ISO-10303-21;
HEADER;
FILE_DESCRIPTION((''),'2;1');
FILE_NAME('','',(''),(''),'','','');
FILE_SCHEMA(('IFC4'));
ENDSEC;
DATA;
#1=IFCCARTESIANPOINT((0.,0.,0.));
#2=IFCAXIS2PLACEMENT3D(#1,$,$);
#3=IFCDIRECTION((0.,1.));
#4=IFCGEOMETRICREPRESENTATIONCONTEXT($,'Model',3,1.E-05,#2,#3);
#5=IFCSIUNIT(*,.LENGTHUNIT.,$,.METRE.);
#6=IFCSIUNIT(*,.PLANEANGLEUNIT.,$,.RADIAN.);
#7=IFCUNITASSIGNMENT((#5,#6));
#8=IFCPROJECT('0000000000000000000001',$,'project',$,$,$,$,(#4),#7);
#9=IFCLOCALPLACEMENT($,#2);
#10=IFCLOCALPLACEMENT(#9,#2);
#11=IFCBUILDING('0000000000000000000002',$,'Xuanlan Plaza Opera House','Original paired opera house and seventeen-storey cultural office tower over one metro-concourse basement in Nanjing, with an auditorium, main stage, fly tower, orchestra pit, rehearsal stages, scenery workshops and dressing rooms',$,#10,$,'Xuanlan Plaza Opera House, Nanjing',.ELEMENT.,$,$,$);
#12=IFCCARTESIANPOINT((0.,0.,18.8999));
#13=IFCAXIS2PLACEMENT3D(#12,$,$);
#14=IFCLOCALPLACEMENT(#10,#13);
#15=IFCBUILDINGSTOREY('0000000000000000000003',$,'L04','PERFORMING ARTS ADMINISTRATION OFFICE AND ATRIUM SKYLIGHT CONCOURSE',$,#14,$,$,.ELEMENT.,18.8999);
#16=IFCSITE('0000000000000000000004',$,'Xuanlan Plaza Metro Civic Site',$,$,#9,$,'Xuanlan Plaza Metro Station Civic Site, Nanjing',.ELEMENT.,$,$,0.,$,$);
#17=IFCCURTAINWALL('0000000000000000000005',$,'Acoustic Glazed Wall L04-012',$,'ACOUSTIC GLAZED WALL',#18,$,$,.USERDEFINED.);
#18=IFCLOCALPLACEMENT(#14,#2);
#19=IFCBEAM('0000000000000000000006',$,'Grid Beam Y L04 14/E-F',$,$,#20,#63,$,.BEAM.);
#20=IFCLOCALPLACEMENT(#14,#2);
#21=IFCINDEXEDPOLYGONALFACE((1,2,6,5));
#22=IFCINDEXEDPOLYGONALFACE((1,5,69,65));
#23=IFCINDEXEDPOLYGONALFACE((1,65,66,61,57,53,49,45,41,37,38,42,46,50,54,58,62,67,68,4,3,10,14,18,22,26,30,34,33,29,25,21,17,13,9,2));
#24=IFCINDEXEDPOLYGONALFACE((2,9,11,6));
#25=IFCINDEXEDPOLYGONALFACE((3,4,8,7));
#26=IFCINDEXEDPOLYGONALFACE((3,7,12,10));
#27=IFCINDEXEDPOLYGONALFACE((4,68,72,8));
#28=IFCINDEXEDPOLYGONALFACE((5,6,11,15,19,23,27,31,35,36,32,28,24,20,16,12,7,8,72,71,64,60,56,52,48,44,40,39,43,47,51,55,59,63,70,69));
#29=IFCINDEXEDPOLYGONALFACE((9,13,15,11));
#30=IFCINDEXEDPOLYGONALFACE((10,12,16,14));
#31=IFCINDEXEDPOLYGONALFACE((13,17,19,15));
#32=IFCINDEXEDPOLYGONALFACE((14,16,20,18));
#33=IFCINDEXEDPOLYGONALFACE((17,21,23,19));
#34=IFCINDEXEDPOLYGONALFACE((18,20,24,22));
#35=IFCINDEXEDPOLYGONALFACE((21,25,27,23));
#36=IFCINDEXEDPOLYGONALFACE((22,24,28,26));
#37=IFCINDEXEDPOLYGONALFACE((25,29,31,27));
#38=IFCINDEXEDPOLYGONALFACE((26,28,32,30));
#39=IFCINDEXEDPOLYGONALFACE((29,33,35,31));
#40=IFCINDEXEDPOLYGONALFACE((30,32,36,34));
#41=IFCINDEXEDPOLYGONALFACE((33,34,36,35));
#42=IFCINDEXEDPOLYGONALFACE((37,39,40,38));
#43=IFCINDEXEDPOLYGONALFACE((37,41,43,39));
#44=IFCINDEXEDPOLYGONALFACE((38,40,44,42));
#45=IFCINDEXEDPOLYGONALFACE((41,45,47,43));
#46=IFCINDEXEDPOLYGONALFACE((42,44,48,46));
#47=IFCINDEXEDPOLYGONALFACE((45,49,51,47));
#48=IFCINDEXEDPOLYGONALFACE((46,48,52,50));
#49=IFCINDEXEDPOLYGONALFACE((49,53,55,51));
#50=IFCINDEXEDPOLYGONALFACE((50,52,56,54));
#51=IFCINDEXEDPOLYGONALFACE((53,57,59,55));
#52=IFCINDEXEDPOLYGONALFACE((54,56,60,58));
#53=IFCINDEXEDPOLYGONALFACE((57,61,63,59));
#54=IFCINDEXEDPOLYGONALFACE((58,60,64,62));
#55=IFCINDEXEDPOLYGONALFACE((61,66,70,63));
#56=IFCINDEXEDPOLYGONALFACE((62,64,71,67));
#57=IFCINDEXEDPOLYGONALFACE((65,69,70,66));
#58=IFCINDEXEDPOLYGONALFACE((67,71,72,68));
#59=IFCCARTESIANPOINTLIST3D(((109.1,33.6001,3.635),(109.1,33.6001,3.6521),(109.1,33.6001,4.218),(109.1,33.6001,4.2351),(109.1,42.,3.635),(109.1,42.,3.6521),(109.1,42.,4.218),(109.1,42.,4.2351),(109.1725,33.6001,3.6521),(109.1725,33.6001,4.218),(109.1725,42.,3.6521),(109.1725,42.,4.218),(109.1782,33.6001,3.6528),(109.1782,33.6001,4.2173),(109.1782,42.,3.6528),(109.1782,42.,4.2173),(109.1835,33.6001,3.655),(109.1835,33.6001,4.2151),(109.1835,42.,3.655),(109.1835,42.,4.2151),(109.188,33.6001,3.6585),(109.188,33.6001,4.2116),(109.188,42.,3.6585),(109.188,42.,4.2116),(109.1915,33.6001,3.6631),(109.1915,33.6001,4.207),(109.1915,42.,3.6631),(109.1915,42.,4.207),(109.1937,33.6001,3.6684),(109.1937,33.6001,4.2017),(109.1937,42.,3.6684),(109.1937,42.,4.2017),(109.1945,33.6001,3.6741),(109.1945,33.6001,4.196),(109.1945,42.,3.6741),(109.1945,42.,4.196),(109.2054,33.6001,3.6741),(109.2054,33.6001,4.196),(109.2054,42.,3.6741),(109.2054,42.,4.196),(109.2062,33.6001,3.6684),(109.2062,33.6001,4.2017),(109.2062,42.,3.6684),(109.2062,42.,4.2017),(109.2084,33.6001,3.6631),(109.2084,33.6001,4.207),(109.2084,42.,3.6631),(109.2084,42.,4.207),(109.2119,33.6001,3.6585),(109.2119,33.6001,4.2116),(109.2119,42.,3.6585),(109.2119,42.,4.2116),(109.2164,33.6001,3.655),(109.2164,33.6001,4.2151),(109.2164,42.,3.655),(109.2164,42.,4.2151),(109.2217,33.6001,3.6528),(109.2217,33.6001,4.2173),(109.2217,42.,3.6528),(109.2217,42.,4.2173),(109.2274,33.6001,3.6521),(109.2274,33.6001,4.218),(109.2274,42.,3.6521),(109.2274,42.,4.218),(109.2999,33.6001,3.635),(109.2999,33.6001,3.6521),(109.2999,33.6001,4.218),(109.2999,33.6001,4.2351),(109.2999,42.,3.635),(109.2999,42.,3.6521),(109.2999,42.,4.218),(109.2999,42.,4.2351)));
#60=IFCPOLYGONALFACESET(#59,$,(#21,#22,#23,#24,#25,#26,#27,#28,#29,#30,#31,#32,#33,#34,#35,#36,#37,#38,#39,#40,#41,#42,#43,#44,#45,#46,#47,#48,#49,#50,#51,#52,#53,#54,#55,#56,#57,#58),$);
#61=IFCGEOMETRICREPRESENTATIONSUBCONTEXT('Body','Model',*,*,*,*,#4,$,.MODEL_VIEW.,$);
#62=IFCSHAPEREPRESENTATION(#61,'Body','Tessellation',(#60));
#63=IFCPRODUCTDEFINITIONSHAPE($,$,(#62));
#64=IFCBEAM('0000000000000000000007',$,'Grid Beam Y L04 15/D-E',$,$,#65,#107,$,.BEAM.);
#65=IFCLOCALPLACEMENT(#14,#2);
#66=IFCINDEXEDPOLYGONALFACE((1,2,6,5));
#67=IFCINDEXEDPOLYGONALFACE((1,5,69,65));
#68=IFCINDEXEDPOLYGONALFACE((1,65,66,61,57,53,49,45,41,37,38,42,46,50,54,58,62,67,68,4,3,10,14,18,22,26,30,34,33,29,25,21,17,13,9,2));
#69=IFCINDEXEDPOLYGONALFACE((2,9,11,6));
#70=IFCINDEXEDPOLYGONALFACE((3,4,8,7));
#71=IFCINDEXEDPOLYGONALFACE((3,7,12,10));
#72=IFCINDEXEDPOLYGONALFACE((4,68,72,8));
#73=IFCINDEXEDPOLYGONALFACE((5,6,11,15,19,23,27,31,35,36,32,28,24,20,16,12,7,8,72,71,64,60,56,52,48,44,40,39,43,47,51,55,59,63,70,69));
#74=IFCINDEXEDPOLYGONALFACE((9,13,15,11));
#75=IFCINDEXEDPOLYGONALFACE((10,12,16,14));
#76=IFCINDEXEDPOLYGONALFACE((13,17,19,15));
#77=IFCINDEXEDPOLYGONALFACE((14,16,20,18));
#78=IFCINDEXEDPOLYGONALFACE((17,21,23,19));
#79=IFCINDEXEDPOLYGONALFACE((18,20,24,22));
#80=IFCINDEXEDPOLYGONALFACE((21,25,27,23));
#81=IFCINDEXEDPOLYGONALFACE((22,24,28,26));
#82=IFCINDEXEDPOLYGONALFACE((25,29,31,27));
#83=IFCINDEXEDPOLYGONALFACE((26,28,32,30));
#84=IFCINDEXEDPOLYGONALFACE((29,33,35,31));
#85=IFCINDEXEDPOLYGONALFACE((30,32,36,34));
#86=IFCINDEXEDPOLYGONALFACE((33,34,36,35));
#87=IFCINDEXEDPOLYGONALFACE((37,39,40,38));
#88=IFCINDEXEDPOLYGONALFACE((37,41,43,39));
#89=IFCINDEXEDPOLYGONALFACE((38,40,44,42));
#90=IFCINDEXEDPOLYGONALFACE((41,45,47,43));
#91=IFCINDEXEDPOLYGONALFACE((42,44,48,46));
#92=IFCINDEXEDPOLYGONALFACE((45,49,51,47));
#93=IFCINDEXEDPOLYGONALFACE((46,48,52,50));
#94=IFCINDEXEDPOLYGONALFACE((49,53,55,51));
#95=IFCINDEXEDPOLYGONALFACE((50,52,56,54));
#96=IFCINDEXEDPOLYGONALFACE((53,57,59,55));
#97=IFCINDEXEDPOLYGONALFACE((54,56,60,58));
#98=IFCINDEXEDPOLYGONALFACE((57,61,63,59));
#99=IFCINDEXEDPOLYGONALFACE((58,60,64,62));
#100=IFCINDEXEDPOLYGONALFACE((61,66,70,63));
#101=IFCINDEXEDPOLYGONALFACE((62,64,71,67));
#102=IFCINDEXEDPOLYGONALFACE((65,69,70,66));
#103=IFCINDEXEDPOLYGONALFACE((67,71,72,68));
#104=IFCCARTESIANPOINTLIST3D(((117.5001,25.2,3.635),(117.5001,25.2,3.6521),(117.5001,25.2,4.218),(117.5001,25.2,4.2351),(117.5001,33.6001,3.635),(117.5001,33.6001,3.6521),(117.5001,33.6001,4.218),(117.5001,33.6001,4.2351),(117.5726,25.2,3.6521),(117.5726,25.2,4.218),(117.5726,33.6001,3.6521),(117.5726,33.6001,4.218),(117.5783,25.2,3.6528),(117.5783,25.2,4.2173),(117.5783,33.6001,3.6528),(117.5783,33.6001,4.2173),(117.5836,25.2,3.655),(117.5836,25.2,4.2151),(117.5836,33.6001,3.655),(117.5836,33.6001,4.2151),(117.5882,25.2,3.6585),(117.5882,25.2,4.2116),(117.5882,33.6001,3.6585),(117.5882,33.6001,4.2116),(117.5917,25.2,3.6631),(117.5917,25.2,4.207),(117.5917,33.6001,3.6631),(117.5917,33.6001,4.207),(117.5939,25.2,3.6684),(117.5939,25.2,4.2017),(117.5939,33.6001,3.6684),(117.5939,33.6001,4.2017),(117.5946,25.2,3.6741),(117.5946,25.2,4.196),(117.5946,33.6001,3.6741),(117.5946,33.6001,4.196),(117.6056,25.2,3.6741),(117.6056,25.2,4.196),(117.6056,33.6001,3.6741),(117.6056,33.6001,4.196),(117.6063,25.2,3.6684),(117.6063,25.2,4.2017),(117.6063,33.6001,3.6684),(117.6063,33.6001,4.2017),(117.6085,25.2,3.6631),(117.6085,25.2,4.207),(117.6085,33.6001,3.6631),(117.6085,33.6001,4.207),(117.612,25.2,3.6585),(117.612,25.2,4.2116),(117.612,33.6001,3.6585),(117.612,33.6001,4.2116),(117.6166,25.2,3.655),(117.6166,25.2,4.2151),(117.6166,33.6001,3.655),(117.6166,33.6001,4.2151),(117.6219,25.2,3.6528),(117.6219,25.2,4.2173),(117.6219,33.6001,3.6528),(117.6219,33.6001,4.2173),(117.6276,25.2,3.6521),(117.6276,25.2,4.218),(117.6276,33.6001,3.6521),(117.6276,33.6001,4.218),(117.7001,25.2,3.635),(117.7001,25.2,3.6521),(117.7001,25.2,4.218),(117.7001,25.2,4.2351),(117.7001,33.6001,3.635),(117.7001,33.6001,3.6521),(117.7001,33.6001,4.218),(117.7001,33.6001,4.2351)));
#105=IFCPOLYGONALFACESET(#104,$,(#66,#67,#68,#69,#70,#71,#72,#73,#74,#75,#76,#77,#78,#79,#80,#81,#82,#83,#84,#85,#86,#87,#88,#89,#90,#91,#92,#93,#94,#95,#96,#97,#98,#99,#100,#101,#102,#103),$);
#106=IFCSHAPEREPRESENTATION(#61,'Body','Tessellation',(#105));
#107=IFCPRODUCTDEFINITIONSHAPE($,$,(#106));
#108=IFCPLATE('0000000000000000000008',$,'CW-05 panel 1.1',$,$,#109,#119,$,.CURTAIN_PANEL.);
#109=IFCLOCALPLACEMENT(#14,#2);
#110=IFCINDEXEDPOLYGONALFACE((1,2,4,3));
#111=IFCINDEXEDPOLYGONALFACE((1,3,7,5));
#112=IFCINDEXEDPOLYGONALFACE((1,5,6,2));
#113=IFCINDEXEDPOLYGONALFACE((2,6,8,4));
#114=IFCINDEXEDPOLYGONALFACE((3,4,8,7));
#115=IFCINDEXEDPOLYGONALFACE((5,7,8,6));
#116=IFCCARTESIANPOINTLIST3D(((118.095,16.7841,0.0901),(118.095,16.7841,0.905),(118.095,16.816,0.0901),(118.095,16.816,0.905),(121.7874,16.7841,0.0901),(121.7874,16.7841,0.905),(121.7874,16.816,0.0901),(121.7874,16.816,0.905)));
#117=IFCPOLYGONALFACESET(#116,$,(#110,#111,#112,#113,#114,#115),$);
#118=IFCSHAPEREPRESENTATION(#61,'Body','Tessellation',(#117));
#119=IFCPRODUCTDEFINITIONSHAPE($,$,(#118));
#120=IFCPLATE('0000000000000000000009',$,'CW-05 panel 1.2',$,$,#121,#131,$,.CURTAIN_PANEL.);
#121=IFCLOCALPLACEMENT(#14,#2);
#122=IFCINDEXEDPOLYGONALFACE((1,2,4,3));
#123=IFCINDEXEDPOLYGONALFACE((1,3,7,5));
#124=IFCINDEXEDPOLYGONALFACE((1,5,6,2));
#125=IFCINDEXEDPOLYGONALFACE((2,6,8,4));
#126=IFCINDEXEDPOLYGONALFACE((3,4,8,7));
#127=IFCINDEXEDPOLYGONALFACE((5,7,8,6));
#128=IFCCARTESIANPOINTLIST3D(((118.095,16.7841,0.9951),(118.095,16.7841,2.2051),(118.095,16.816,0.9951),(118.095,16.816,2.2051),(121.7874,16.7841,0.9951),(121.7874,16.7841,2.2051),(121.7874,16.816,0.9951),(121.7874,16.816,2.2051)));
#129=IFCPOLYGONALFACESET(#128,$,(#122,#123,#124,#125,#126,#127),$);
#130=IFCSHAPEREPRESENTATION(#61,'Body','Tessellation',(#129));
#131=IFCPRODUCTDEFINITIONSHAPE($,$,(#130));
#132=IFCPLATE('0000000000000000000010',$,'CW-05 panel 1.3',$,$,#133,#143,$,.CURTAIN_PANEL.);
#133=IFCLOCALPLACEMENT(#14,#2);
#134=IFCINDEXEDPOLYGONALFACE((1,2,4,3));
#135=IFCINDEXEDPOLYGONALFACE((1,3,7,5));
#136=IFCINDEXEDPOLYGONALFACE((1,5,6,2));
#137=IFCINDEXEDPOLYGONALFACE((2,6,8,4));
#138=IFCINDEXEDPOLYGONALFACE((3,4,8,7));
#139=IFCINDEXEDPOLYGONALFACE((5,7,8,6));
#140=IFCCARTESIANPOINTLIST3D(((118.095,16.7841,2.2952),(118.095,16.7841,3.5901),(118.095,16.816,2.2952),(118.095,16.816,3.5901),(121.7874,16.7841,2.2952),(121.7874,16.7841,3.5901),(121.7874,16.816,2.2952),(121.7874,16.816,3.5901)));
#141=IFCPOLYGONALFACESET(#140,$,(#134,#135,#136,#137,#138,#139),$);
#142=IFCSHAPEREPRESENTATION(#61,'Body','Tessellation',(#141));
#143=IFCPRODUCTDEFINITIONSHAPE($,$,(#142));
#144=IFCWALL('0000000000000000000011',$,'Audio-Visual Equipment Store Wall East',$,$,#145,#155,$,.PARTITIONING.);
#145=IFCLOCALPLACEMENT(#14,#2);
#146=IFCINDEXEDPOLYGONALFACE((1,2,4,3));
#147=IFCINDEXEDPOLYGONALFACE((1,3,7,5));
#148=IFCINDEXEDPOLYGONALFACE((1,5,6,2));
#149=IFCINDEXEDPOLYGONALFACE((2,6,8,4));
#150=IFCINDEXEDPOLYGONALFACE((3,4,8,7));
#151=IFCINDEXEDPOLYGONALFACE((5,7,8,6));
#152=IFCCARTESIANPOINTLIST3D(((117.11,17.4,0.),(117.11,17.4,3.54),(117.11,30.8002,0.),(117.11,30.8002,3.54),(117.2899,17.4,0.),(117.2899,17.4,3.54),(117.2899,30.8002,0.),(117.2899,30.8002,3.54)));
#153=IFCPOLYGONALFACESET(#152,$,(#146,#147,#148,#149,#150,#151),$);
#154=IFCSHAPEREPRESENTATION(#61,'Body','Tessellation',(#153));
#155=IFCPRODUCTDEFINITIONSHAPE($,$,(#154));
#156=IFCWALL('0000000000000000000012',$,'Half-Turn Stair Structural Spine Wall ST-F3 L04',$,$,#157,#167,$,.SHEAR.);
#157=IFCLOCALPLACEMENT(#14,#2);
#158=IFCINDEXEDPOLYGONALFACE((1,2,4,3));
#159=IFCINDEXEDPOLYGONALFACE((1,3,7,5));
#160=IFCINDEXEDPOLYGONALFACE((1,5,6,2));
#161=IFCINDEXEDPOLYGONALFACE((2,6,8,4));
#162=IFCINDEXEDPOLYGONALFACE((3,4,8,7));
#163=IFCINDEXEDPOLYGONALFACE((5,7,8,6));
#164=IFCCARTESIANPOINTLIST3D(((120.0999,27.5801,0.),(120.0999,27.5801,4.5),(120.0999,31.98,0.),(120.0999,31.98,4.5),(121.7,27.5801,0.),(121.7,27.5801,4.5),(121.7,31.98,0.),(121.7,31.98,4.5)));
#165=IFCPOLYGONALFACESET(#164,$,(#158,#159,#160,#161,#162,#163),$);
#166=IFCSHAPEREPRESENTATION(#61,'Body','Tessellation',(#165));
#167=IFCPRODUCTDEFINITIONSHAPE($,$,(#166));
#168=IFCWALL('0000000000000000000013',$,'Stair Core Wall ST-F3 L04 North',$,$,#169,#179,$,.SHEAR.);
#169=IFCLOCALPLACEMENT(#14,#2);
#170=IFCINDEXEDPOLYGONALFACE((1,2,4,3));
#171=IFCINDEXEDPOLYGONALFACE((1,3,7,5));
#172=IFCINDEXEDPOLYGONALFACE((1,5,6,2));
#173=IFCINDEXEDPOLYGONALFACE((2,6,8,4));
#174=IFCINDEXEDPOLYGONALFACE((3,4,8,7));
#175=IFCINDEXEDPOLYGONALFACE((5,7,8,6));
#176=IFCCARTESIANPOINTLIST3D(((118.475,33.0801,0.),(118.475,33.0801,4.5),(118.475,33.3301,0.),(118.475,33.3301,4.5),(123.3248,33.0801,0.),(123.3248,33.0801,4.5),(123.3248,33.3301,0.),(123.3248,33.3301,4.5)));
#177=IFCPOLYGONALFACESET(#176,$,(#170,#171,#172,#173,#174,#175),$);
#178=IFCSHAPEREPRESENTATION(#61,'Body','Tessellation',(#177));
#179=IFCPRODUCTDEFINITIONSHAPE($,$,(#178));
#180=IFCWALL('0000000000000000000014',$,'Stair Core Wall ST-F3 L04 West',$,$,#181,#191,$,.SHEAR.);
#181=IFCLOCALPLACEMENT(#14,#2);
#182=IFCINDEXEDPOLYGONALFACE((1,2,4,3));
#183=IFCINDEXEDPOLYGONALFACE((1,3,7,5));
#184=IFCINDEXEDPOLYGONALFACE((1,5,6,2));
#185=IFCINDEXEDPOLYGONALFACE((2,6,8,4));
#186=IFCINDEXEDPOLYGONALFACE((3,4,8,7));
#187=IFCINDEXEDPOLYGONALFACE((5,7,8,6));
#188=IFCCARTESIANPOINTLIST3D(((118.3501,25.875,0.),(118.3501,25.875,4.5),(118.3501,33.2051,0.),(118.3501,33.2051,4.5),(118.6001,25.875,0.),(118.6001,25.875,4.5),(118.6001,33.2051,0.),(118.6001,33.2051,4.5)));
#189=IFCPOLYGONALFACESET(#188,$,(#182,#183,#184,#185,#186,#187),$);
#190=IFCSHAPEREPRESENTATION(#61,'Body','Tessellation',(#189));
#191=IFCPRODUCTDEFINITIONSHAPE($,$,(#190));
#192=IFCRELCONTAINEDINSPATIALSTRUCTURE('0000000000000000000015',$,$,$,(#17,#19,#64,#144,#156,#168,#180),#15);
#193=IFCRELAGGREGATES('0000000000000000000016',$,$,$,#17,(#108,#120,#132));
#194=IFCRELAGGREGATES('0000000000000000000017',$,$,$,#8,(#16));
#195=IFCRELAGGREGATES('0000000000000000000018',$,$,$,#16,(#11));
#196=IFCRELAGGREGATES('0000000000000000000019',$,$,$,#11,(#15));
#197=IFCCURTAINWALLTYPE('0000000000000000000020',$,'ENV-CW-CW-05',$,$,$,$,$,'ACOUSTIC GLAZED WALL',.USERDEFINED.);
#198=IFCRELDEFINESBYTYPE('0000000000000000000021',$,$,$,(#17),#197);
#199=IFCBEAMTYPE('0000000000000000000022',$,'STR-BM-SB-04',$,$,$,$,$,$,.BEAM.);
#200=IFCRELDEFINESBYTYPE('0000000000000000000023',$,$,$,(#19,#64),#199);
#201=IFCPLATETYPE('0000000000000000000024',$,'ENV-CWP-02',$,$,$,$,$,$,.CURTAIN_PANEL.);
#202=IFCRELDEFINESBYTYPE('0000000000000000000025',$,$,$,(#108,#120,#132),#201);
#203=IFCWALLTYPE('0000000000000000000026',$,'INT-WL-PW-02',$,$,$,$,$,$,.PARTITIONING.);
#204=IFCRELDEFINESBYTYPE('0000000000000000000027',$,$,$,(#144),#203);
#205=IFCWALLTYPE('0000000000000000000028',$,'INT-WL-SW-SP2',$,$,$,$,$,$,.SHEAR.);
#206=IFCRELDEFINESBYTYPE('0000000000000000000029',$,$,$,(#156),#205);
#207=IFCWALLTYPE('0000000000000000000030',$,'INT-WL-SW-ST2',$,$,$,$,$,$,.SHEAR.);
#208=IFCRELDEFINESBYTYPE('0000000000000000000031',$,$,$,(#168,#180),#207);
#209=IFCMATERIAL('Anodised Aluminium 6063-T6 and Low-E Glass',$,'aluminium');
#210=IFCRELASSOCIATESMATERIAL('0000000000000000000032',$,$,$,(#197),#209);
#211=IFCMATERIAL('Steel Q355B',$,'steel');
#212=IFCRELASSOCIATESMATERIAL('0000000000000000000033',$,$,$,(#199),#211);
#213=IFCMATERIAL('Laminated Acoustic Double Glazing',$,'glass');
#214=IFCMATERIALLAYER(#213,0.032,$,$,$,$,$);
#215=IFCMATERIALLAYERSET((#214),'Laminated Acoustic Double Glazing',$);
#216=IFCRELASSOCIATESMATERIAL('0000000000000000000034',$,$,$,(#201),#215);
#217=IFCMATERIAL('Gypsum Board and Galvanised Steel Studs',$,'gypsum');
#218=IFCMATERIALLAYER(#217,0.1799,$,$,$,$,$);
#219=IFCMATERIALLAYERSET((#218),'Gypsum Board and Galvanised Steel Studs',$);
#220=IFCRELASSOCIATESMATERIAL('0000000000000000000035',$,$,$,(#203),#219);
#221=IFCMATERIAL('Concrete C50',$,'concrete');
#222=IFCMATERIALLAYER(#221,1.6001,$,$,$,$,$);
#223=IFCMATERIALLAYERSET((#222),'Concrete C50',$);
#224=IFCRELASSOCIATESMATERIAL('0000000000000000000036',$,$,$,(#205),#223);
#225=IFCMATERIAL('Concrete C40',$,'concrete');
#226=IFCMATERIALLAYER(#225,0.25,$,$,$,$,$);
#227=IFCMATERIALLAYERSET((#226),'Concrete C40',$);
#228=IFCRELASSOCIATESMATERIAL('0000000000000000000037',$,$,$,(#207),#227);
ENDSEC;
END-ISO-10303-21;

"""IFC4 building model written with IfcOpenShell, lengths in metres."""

from ifc_helpers import new_model, si_unit, direction, frame, frame_2d, origin, origin_2d, place, context, subcontext, project, spatial, rectangle, i_section, extrude, material, layer, layer_set, material_profile, profile_set, type_object, element, aggregate, save


model = new_model("IFC4")

# Units and contexts
model_context = context("Model", 3, precision=1e-05, world=origin(), true_north=direction((0.0, 1.0)))
body_context = subcontext(model_context, "Body", "Model", "MODEL_VIEW")
ifc_project = project(units=[si_unit("LENGTHUNIT", "METRE"), si_unit("PLANEANGLEUNIT", "RADIAN")], contexts=[model_context])

# Site, building, storey
site_placement = place(None, origin())
site = spatial("IfcSite", under=ifc_project, at=site_placement, Name="Xuanlan Plaza Metro Civic Site", LongName="Xuanlan Plaza Metro Station Civic Site, Nanjing", CompositionType="ELEMENT", RefElevation=0.0)
building_placement = place(site_placement, origin())
building = spatial("IfcBuilding", under=site, at=building_placement, Name="Xuanlan Plaza Opera House", Description="Original paired opera house and seventeen-storey cultural office tower over one metro-concourse basement in Nanjing, with an auditorium, main stage, fly tower, orchestra pit, rehearsal stages, scenery workshops and dressing rooms", LongName="Xuanlan Plaza Opera House, Nanjing", CompositionType="ELEMENT")
storey_placement = place(building_placement, frame((0.0, 0.0, 18.8999)))
storey = spatial("IfcBuildingStorey", under=building, at=storey_placement, Name="L04", Description="PERFORMING ARTS ADMINISTRATION OFFICE AND ATRIUM SKYLIGHT CONCOURSE", CompositionType="ELEMENT", Elevation=18.8999)

# Shared definitions
ifc_material_1 = material(Name="Concrete C40", Category="concrete")
ifc_material_2 = material(Name="Steel Q355B", Category="steel")

# Curtain wall
ifc_material_3 = material(Name="Anodised Aluminium 6063-T6 and Low-E Glass", Category="aluminium")
curtain_wall_type = type_object("IfcCurtainWallType", Name="ENV-CW-CW-05", ElementType="ACOUSTIC GLAZED WALL", PredefinedType="USERDEFINED", material=ifc_material_3)
curtain_wall_placement = place(storey_placement, origin())
curtain_wall = element("IfcCurtainWall", 1, at=curtain_wall_placement, inside=storey, type_object=curtain_wall_type, Name="Acoustic Glazed Wall L04-012", ObjectType="ACOUSTIC GLAZED WALL", PredefinedType="USERDEFINED")

# Beams
ifc_material_4 = material(Name="Concrete C50", Category="concrete")
ifc_material_profile_1 = material_profile(ifc_material_2, i_section(OverallWidth=0.2, OverallDepth=0.6001, WebThickness=0.011, FlangeThickness=0.0171, FilletRadius=0.022, at=origin_2d()), Name="HN 600x200x11x17")
ifc_profile_set_1 = profile_set([ifc_material_profile_1], Name="Steel Q355B")
beam_type_1 = type_object("IfcBeamType", Name="STR-BM-SB-04", PredefinedType="BEAM", material=ifc_profile_set_1)
beam_1_placement = place(storey_placement, frame((109.2, 33.6001, 3.9351), z_axis=(0.0, 1.0, 0.0), x_axis=(-1.0, 0.0, 0.0)))
element("IfcBeam", 2, at=beam_1_placement, inside=storey, type_object=beam_type_1, Name="Grid Beam Y L04 14/E-F", PredefinedType="BEAM", context=body_context, shape_type="SweptSolid", body=[
    extrude(i_section(OverallWidth=0.2, OverallDepth=0.6001, WebThickness=0.011, FlangeThickness=0.0171, FilletRadius=0.022, at=origin_2d()), origin(), (0.0, 0.0, 1.0), 8.3999),
])
beam_2_placement = place(storey_placement, frame((117.6001, 25.2, 3.9351), z_axis=(0.0, 1.0, 0.0), x_axis=(-1.0, 0.0, 0.0)))
element("IfcBeam", 3, at=beam_2_placement, inside=storey, type_object=beam_type_1, Name="Grid Beam Y L04 15/D-E", PredefinedType="BEAM", context=body_context, shape_type="SweptSolid", body=[
    extrude(i_section(OverallWidth=0.2, OverallDepth=0.6001, WebThickness=0.011, FlangeThickness=0.0171, FilletRadius=0.022, at=origin_2d()), origin(), (0.0, 0.0, 1.0), 8.4001),
])

# Plates
ifc_material_5 = material(Name="Laminated Acoustic Double Glazing", Category="glass")
ifc_layer_1 = layer(ifc_material_5, 0.032)
ifc_layer_set_1 = layer_set([ifc_layer_1], Name="Laminated Acoustic Double Glazing")
plate_type = type_object("IfcPlateType", Name="ENV-CWP-02", PredefinedType="CURTAIN_PANEL", material=ifc_layer_set_1)
plate_1_placement = place(storey_placement, frame((119.9412, 16.8, 0.0901), z_axis=(0.0, 0.0, 1.0), x_axis=(1.0, 0.0, 0.0)))
plate_1 = element("IfcPlate", 4, at=plate_1_placement, type_object=plate_type, Name="CW-05 panel 1.1", PredefinedType="CURTAIN_PANEL", context=body_context, shape_type="SweptSolid", body=[
    extrude(rectangle(XDim=3.6924, YDim=0.032, at=origin_2d()), origin(), (0.0, 0.0, 1.0), 0.8149),
])
plate_2_placement = place(storey_placement, frame((119.9412, 16.8, 0.9951), z_axis=(0.0, 0.0, 1.0), x_axis=(1.0, 0.0, 0.0)))
plate_2 = element("IfcPlate", 5, at=plate_2_placement, type_object=plate_type, Name="CW-05 panel 1.2", PredefinedType="CURTAIN_PANEL", context=body_context, shape_type="SweptSolid", body=[
    extrude(rectangle(XDim=3.6924, YDim=0.032, at=origin_2d()), origin(), (0.0, 0.0, 1.0), 1.21),
])
plate_3_placement = place(storey_placement, frame((119.9412, 16.8, 2.2952), z_axis=(0.0, 0.0, 1.0), x_axis=(1.0, 0.0, 0.0)))
plate_3 = element("IfcPlate", 6, at=plate_3_placement, type_object=plate_type, Name="CW-05 panel 1.3", PredefinedType="CURTAIN_PANEL", context=body_context, shape_type="SweptSolid", body=[
    extrude(rectangle(XDim=3.6924, YDim=0.032, at=origin_2d()), origin(), (0.0, 0.0, 1.0), 1.2949),
])
aggregate(curtain_wall, [plate_1, plate_2, plate_3])

# Walls
ifc_material_6 = material(Name="Gypsum Board and Galvanised Steel Studs", Category="gypsum")
ifc_layer_2 = layer(ifc_material_6, 0.1799)
ifc_layer_set_2 = layer_set([ifc_layer_2], Name="Gypsum Board and Galvanised Steel Studs")
wall_type_1 = type_object("IfcWallType", Name="INT-WL-PW-02", PredefinedType="PARTITIONING", material=ifc_layer_set_2)
wall_1_placement = place(storey_placement, frame((117.2, 17.3999, 0.0), z_axis=(0.0, 0.0, 1.0), x_axis=(0.0, 1.0, 0.0)))
element("IfcWall", 7, at=wall_1_placement, inside=storey, type_object=wall_type_1, Name="Audio-Visual Equipment Store Wall East", PredefinedType="PARTITIONING", context=body_context, shape_type="SweptSolid", body=[
    extrude(rectangle(XDim=13.4001, YDim=0.1799, at=frame_2d((6.7002, 0.0))), origin(), (0.0, 0.0, 1.0), 3.54),
])
ifc_layer_3 = layer(ifc_material_4, 1.6001)
ifc_layer_set_3 = layer_set([ifc_layer_3], Name="Concrete C50")
wall_type_2 = type_object("IfcWallType", Name="INT-WL-SW-SP2", PredefinedType="SHEAR", material=ifc_layer_set_3)
wall_2_placement = place(storey_placement, frame((120.8999, 27.5801, 0.0), z_axis=(0.0, 0.0, 1.0), x_axis=(0.0, 1.0, 0.0)))
element("IfcWall", 8, at=wall_2_placement, inside=storey, type_object=wall_type_2, Name="Half-Turn Stair Structural Spine Wall ST-F3 L04", PredefinedType="SHEAR", context=body_context, shape_type="SweptSolid", body=[
    extrude(rectangle(XDim=4.3999, YDim=1.6001, at=frame_2d((2.2, 0.0))), origin(), (0.0, 0.0, 1.0), 4.5),
])

# Shared definitions
ifc_layer_4 = layer(ifc_material_1, 0.25)
ifc_layer_set_4 = layer_set([ifc_layer_4], Name="Concrete C40")
wall_type_3 = type_object("IfcWallType", Name="INT-WL-SW-ST2", PredefinedType="SHEAR", material=ifc_layer_set_4)

# Walls
wall_3_placement = place(storey_placement, frame((118.4751, 33.2051, 0.0), z_axis=(0.0, 0.0, 1.0), x_axis=(1.0, 0.0, 0.0)))
element("IfcWall", 9, at=wall_3_placement, inside=storey, type_object=wall_type_3, Name="Stair Core Wall ST-F3 L04 North", PredefinedType="SHEAR", context=body_context, shape_type="SweptSolid", body=[
    extrude(rectangle(XDim=4.8499, YDim=0.25, at=frame_2d((2.4248, 0.0))), origin(), (0.0, 0.0, 1.0), 4.5),
])
wall_4_placement = place(storey_placement, frame((118.4751, 25.875, 0.0), z_axis=(0.0, 0.0, 1.0), x_axis=(0.0, 1.0, 0.0)))
element("IfcWall", 10, at=wall_4_placement, inside=storey, type_object=wall_type_3, Name="Stair Core Wall ST-F3 L04 West", PredefinedType="SHEAR", context=body_context, shape_type="SweptSolid", body=[
    extrude(rectangle(XDim=7.3301, YDim=0.25, at=frame_2d((3.665, 0.0))), origin(), (0.0, 0.0, 1.0), 4.5),
])

save(model, "model.ifc")
